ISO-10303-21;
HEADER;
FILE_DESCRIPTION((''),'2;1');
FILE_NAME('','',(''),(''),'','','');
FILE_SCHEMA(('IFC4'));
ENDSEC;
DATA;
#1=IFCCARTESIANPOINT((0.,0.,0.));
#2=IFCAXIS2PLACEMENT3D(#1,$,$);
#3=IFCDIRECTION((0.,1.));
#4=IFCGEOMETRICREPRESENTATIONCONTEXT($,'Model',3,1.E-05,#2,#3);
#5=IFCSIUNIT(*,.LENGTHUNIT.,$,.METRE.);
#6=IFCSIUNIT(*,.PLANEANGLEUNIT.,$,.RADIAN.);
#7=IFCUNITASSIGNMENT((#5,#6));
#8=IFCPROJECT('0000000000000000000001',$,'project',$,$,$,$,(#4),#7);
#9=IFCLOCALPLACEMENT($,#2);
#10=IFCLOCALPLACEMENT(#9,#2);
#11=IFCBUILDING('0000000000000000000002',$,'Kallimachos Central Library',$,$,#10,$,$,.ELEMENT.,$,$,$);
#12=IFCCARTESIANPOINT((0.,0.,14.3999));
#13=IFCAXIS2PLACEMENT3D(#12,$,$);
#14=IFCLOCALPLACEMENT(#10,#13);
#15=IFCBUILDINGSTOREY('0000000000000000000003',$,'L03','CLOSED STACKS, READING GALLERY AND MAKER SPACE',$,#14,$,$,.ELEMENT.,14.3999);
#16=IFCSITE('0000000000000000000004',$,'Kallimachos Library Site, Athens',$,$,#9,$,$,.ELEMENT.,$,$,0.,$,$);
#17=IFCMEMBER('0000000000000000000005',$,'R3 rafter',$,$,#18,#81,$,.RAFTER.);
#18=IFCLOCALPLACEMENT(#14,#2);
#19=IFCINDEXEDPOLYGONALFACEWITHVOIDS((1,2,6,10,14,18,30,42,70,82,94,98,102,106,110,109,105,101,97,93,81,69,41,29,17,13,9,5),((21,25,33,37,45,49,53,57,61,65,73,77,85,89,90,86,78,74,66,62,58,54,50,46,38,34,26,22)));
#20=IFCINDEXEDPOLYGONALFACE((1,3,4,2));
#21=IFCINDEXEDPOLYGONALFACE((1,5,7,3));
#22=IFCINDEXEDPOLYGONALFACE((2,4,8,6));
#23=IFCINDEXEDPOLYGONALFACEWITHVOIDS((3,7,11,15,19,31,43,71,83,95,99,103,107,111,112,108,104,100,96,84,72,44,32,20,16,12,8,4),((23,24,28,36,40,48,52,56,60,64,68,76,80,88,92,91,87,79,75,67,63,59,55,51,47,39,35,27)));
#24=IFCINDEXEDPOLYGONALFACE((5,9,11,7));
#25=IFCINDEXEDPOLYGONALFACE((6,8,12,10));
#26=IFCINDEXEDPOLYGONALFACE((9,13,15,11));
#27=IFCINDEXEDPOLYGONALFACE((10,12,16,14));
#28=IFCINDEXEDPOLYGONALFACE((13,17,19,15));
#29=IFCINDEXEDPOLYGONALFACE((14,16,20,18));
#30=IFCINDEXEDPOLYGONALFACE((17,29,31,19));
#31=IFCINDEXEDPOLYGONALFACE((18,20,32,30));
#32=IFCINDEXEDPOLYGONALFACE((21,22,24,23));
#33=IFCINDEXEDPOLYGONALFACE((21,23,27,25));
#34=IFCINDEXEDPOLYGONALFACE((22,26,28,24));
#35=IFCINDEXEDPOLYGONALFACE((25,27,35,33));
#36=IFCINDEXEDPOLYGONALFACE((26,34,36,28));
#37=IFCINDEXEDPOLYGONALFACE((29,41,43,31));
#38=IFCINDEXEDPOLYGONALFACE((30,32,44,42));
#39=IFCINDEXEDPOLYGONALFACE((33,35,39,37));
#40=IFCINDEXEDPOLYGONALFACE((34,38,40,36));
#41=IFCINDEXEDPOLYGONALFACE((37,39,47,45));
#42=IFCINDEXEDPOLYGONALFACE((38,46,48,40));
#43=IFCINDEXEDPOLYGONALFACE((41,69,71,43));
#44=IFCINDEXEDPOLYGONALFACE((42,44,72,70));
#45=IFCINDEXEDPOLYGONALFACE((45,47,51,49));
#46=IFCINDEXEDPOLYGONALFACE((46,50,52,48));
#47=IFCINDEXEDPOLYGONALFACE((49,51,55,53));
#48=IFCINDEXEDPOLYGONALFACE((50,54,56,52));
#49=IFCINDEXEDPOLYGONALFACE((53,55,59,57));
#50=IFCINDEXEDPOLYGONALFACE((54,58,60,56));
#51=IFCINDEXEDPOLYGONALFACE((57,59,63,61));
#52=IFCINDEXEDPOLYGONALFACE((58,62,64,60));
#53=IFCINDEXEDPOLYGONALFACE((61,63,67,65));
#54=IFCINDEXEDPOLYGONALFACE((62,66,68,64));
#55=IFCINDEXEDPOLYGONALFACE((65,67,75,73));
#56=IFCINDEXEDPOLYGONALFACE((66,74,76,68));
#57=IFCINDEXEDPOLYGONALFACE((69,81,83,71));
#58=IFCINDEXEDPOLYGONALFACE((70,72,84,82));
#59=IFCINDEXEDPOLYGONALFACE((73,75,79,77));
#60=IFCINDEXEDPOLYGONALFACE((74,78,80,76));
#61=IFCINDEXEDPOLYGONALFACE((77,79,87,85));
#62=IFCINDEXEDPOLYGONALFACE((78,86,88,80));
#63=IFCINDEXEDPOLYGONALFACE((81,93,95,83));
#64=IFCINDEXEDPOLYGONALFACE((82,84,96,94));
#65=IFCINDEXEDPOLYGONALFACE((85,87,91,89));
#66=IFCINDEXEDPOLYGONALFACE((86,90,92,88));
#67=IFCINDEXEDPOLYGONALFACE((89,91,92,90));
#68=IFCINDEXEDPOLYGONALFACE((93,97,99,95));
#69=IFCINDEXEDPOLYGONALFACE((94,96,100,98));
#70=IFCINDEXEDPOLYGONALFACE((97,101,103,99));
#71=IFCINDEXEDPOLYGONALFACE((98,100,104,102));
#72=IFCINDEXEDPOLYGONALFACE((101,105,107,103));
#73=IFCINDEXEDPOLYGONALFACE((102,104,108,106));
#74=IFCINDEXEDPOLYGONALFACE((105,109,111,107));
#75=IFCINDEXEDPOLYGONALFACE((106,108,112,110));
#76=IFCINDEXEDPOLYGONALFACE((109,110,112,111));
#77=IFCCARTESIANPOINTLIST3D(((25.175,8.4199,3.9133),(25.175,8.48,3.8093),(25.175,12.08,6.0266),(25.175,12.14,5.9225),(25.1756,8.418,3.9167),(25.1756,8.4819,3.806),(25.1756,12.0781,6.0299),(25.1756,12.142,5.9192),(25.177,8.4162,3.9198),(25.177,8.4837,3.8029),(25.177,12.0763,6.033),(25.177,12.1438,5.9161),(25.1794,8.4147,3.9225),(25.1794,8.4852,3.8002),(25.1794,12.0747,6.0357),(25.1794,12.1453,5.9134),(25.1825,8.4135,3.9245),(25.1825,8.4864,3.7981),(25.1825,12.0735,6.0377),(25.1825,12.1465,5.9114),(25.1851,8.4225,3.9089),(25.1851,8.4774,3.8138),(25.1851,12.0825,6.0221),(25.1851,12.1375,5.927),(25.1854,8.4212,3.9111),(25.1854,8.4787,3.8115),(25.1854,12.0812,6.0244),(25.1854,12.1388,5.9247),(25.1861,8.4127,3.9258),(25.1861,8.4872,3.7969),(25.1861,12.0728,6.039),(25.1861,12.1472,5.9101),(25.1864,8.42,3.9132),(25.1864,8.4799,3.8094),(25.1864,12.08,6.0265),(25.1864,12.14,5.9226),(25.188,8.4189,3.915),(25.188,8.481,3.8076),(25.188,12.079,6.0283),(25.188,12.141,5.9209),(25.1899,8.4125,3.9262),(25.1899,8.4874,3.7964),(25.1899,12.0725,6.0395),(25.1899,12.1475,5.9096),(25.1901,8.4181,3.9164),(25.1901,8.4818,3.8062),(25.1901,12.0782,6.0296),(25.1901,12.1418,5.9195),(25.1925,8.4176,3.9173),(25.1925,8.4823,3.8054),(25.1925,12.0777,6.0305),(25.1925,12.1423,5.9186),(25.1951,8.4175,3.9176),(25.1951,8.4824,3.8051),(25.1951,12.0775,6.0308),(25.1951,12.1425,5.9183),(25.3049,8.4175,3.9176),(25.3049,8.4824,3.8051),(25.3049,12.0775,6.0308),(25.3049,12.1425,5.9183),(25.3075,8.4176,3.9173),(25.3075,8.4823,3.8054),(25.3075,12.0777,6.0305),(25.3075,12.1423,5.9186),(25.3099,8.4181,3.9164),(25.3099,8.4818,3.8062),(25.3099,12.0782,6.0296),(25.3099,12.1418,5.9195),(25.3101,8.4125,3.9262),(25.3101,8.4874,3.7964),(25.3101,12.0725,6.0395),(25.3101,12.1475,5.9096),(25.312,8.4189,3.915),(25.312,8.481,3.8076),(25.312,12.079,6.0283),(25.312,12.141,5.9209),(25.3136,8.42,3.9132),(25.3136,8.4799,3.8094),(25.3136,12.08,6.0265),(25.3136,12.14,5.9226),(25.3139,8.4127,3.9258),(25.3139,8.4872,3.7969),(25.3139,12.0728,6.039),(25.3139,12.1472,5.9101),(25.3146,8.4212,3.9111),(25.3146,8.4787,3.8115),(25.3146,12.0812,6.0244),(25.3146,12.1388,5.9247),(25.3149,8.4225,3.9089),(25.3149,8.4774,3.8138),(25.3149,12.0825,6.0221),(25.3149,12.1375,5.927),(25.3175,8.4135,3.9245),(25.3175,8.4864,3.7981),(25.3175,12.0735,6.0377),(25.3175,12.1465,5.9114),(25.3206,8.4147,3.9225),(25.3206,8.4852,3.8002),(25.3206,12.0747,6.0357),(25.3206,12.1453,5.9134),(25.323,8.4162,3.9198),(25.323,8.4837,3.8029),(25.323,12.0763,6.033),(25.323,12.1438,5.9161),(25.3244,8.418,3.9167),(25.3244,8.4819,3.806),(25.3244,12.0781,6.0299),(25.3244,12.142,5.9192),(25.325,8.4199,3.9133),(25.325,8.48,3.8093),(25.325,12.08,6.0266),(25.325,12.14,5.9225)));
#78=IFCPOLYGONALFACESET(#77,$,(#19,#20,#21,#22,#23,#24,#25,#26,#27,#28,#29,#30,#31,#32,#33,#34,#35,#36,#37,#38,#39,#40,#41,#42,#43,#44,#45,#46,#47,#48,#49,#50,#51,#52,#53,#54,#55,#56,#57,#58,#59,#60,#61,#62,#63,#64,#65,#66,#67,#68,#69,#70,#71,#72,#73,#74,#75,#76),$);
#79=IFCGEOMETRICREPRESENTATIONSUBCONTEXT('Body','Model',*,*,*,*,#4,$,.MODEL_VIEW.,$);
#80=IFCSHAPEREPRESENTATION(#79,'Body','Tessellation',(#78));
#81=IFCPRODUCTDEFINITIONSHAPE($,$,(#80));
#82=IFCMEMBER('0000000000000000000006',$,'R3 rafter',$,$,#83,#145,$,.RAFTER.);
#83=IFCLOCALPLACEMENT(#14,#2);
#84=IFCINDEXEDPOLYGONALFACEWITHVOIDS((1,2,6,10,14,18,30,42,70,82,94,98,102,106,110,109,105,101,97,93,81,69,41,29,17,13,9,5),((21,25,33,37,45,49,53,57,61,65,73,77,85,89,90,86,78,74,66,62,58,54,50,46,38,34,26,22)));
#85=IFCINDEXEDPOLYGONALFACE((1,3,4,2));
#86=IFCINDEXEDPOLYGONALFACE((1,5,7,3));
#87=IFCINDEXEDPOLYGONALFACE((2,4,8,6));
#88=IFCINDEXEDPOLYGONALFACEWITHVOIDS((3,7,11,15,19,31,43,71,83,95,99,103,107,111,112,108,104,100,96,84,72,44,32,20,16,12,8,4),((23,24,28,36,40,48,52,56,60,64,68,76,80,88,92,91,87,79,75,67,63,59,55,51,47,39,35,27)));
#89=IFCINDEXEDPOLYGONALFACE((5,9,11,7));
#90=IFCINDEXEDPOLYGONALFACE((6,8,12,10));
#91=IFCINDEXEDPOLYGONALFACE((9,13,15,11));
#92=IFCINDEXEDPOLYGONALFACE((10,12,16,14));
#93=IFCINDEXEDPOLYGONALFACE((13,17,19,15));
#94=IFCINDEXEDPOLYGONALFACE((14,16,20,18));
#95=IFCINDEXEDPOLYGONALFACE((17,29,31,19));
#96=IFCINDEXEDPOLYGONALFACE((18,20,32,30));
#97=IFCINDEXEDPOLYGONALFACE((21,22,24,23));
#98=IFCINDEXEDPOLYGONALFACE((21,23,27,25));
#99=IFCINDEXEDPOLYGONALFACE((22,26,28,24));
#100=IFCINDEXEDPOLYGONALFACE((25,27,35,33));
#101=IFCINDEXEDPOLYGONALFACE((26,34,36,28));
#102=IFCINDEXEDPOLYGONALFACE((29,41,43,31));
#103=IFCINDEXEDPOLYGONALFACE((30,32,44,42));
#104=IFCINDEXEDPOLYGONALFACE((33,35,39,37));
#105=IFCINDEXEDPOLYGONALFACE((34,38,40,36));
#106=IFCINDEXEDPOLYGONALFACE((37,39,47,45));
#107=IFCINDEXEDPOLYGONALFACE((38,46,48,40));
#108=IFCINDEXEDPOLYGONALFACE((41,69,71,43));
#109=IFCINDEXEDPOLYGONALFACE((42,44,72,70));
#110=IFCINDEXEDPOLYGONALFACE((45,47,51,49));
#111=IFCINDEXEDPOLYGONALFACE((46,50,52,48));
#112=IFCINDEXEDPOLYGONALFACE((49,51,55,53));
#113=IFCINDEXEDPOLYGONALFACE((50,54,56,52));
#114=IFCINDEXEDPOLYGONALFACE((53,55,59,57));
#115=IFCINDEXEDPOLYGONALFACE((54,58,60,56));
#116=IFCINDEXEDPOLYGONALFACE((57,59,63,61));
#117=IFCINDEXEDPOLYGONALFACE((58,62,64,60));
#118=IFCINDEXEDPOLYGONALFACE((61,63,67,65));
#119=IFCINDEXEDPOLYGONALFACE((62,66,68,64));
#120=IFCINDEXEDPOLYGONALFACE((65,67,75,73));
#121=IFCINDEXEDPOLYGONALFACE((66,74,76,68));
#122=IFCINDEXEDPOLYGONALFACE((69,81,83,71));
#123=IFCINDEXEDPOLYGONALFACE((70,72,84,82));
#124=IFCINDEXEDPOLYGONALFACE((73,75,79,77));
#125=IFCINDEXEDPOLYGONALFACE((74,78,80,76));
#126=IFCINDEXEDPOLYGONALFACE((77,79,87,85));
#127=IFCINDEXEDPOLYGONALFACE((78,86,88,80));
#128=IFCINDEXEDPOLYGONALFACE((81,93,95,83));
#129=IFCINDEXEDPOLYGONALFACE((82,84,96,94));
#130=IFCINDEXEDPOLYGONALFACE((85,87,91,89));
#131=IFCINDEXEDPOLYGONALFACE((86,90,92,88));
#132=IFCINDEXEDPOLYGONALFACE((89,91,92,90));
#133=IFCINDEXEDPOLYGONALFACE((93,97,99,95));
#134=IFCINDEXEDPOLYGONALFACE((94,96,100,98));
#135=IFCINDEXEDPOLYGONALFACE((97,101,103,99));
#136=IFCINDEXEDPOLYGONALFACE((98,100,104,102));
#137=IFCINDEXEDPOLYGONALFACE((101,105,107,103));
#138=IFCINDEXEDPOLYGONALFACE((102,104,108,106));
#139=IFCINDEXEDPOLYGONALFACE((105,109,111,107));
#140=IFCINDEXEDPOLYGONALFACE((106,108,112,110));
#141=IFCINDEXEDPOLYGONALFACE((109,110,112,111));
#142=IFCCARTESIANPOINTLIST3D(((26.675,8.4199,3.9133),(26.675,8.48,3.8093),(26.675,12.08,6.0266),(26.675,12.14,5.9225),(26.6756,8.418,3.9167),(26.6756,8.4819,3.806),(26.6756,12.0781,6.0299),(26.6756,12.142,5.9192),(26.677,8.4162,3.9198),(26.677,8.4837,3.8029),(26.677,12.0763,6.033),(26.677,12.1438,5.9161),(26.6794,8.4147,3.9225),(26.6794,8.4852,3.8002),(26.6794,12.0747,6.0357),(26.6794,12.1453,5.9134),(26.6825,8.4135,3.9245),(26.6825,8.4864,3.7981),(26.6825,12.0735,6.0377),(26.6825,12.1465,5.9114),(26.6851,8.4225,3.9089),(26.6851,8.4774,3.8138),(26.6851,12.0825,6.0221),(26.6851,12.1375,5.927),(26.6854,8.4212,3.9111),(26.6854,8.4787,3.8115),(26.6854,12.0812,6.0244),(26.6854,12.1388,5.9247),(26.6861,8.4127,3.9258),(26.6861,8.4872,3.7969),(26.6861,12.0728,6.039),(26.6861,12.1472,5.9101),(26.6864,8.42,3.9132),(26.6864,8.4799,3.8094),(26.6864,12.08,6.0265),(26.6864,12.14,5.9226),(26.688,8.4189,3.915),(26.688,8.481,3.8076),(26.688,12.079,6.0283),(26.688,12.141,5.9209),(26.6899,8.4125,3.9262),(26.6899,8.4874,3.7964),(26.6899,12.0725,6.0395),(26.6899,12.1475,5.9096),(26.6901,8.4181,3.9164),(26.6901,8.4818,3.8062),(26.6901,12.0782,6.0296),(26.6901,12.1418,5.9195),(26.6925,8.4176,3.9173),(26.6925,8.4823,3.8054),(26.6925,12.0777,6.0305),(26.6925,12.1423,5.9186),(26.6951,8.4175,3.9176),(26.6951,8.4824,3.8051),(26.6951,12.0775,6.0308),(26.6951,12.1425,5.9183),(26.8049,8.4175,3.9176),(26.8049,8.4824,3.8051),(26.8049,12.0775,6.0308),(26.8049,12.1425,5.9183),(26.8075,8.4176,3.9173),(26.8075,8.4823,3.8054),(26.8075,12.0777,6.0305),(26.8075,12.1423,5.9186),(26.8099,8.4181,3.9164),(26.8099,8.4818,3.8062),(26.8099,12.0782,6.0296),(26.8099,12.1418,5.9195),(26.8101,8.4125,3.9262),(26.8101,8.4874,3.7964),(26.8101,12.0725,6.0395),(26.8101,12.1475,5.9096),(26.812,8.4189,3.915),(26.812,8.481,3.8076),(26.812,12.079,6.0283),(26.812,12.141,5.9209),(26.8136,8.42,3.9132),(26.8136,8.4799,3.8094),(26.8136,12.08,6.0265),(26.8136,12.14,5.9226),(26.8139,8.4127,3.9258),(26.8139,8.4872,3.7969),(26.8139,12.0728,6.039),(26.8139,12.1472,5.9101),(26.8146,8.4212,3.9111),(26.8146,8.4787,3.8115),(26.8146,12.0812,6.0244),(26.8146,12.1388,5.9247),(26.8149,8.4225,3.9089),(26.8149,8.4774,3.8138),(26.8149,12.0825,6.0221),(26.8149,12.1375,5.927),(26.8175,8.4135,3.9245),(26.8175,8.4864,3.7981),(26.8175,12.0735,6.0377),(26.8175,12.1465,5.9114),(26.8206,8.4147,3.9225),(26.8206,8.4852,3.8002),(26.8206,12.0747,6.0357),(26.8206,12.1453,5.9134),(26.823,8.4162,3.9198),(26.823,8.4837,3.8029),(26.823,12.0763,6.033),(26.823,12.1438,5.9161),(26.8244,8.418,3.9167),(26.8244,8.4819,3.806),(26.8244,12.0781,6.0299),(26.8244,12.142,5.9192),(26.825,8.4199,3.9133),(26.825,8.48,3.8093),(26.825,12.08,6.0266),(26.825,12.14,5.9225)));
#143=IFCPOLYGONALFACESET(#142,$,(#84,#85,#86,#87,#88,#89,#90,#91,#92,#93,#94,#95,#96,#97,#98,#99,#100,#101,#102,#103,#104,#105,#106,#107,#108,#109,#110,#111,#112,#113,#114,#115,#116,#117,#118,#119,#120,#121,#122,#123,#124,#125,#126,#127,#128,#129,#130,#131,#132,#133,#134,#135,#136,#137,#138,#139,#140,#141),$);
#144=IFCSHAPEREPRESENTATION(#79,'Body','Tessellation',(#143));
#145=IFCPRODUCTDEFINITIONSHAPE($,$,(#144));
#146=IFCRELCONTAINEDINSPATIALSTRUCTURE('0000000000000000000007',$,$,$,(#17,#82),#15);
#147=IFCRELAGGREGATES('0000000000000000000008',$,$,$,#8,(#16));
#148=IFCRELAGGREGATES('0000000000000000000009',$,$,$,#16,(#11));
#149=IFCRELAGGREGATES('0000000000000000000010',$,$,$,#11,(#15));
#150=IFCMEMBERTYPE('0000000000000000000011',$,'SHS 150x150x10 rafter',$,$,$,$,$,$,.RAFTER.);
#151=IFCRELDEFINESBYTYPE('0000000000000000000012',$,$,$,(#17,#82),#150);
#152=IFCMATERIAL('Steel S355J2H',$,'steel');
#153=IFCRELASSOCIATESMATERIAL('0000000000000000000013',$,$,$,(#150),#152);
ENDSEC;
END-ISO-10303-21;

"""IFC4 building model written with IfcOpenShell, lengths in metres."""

from ifc_helpers import new_model, si_unit, direction, frame, origin, origin_2d, place, context, subcontext, project, spatial, hollow_rectangle, extrude, material, material_profile, profile_set, type_object, element, save


model = new_model("IFC4")

# Units and contexts
model_context = context("Model", 3, precision=1e-05, world=origin(), true_north=direction((0.0, 1.0)))
body_context = subcontext(model_context, "Body", "Model", "MODEL_VIEW")
ifc_project = project(units=[si_unit("LENGTHUNIT", "METRE"), si_unit("PLANEANGLEUNIT", "RADIAN")], contexts=[model_context])

# Site, building, storey
site_placement = place(None, origin())
site = spatial("IfcSite", under=ifc_project, at=site_placement, Name="Kallimachos Library Site, Athens", CompositionType="ELEMENT", RefElevation=0.0)
building_placement = place(site_placement, origin())
building = spatial("IfcBuilding", under=site, at=building_placement, Name="Kallimachos Central Library", CompositionType="ELEMENT")
storey_placement = place(building_placement, frame((0.0, 0.0, 14.3999)))
storey = spatial("IfcBuildingStorey", under=building, at=storey_placement, Name="L03", Description="CLOSED STACKS, READING GALLERY AND MAKER SPACE", CompositionType="ELEMENT", Elevation=14.3999)

# Members
ifc_material_1 = material(Name="Steel S355J2H", Category="steel")
ifc_material_profile_1 = material_profile(ifc_material_1, hollow_rectangle(XDim=0.1499, YDim=0.1499, WallThickness=0.01, InnerFilletRadius=0.01, OuterFilletRadius=0.0149, at=origin_2d()), Name="SHS 150x150x10")
ifc_profile_set_1 = profile_set([ifc_material_profile_1], Name="Steel S355J2H")
member_type_1 = type_object("IfcMemberType", Name="SHS 150x150x10 rafter", PredefinedType="RAFTER", material=ifc_profile_set_1)
for number, where, z_axis, x_axis, name in (
    (1, (25.25, 8.45, 3.8613), (0.0, 0.866016, 0.500016), (-1.0, 0.0, 0.0), "R3 rafter"),
    (2, (26.75, 8.45, 3.8613), (0.0, 0.866016, 0.500016), (-1.0, 0.0, 0.0), "R3 rafter"),
):
    element("IfcMember", number, at=place(storey_placement, frame(where, z_axis=z_axis, x_axis=x_axis)), inside=storey, type_object=member_type_1, Name=name, PredefinedType="RAFTER", context=body_context, shape_type="SweptSolid", body=[
        extrude(hollow_rectangle(XDim=0.1499, YDim=0.1499, WallThickness=0.01, InnerFilletRadius=0.01, OuterFilletRadius=0.0149, at=origin_2d()), origin(), (0.0, 0.0, 1.0), 4.2263),
    ])

save(model, "model.ifc")
